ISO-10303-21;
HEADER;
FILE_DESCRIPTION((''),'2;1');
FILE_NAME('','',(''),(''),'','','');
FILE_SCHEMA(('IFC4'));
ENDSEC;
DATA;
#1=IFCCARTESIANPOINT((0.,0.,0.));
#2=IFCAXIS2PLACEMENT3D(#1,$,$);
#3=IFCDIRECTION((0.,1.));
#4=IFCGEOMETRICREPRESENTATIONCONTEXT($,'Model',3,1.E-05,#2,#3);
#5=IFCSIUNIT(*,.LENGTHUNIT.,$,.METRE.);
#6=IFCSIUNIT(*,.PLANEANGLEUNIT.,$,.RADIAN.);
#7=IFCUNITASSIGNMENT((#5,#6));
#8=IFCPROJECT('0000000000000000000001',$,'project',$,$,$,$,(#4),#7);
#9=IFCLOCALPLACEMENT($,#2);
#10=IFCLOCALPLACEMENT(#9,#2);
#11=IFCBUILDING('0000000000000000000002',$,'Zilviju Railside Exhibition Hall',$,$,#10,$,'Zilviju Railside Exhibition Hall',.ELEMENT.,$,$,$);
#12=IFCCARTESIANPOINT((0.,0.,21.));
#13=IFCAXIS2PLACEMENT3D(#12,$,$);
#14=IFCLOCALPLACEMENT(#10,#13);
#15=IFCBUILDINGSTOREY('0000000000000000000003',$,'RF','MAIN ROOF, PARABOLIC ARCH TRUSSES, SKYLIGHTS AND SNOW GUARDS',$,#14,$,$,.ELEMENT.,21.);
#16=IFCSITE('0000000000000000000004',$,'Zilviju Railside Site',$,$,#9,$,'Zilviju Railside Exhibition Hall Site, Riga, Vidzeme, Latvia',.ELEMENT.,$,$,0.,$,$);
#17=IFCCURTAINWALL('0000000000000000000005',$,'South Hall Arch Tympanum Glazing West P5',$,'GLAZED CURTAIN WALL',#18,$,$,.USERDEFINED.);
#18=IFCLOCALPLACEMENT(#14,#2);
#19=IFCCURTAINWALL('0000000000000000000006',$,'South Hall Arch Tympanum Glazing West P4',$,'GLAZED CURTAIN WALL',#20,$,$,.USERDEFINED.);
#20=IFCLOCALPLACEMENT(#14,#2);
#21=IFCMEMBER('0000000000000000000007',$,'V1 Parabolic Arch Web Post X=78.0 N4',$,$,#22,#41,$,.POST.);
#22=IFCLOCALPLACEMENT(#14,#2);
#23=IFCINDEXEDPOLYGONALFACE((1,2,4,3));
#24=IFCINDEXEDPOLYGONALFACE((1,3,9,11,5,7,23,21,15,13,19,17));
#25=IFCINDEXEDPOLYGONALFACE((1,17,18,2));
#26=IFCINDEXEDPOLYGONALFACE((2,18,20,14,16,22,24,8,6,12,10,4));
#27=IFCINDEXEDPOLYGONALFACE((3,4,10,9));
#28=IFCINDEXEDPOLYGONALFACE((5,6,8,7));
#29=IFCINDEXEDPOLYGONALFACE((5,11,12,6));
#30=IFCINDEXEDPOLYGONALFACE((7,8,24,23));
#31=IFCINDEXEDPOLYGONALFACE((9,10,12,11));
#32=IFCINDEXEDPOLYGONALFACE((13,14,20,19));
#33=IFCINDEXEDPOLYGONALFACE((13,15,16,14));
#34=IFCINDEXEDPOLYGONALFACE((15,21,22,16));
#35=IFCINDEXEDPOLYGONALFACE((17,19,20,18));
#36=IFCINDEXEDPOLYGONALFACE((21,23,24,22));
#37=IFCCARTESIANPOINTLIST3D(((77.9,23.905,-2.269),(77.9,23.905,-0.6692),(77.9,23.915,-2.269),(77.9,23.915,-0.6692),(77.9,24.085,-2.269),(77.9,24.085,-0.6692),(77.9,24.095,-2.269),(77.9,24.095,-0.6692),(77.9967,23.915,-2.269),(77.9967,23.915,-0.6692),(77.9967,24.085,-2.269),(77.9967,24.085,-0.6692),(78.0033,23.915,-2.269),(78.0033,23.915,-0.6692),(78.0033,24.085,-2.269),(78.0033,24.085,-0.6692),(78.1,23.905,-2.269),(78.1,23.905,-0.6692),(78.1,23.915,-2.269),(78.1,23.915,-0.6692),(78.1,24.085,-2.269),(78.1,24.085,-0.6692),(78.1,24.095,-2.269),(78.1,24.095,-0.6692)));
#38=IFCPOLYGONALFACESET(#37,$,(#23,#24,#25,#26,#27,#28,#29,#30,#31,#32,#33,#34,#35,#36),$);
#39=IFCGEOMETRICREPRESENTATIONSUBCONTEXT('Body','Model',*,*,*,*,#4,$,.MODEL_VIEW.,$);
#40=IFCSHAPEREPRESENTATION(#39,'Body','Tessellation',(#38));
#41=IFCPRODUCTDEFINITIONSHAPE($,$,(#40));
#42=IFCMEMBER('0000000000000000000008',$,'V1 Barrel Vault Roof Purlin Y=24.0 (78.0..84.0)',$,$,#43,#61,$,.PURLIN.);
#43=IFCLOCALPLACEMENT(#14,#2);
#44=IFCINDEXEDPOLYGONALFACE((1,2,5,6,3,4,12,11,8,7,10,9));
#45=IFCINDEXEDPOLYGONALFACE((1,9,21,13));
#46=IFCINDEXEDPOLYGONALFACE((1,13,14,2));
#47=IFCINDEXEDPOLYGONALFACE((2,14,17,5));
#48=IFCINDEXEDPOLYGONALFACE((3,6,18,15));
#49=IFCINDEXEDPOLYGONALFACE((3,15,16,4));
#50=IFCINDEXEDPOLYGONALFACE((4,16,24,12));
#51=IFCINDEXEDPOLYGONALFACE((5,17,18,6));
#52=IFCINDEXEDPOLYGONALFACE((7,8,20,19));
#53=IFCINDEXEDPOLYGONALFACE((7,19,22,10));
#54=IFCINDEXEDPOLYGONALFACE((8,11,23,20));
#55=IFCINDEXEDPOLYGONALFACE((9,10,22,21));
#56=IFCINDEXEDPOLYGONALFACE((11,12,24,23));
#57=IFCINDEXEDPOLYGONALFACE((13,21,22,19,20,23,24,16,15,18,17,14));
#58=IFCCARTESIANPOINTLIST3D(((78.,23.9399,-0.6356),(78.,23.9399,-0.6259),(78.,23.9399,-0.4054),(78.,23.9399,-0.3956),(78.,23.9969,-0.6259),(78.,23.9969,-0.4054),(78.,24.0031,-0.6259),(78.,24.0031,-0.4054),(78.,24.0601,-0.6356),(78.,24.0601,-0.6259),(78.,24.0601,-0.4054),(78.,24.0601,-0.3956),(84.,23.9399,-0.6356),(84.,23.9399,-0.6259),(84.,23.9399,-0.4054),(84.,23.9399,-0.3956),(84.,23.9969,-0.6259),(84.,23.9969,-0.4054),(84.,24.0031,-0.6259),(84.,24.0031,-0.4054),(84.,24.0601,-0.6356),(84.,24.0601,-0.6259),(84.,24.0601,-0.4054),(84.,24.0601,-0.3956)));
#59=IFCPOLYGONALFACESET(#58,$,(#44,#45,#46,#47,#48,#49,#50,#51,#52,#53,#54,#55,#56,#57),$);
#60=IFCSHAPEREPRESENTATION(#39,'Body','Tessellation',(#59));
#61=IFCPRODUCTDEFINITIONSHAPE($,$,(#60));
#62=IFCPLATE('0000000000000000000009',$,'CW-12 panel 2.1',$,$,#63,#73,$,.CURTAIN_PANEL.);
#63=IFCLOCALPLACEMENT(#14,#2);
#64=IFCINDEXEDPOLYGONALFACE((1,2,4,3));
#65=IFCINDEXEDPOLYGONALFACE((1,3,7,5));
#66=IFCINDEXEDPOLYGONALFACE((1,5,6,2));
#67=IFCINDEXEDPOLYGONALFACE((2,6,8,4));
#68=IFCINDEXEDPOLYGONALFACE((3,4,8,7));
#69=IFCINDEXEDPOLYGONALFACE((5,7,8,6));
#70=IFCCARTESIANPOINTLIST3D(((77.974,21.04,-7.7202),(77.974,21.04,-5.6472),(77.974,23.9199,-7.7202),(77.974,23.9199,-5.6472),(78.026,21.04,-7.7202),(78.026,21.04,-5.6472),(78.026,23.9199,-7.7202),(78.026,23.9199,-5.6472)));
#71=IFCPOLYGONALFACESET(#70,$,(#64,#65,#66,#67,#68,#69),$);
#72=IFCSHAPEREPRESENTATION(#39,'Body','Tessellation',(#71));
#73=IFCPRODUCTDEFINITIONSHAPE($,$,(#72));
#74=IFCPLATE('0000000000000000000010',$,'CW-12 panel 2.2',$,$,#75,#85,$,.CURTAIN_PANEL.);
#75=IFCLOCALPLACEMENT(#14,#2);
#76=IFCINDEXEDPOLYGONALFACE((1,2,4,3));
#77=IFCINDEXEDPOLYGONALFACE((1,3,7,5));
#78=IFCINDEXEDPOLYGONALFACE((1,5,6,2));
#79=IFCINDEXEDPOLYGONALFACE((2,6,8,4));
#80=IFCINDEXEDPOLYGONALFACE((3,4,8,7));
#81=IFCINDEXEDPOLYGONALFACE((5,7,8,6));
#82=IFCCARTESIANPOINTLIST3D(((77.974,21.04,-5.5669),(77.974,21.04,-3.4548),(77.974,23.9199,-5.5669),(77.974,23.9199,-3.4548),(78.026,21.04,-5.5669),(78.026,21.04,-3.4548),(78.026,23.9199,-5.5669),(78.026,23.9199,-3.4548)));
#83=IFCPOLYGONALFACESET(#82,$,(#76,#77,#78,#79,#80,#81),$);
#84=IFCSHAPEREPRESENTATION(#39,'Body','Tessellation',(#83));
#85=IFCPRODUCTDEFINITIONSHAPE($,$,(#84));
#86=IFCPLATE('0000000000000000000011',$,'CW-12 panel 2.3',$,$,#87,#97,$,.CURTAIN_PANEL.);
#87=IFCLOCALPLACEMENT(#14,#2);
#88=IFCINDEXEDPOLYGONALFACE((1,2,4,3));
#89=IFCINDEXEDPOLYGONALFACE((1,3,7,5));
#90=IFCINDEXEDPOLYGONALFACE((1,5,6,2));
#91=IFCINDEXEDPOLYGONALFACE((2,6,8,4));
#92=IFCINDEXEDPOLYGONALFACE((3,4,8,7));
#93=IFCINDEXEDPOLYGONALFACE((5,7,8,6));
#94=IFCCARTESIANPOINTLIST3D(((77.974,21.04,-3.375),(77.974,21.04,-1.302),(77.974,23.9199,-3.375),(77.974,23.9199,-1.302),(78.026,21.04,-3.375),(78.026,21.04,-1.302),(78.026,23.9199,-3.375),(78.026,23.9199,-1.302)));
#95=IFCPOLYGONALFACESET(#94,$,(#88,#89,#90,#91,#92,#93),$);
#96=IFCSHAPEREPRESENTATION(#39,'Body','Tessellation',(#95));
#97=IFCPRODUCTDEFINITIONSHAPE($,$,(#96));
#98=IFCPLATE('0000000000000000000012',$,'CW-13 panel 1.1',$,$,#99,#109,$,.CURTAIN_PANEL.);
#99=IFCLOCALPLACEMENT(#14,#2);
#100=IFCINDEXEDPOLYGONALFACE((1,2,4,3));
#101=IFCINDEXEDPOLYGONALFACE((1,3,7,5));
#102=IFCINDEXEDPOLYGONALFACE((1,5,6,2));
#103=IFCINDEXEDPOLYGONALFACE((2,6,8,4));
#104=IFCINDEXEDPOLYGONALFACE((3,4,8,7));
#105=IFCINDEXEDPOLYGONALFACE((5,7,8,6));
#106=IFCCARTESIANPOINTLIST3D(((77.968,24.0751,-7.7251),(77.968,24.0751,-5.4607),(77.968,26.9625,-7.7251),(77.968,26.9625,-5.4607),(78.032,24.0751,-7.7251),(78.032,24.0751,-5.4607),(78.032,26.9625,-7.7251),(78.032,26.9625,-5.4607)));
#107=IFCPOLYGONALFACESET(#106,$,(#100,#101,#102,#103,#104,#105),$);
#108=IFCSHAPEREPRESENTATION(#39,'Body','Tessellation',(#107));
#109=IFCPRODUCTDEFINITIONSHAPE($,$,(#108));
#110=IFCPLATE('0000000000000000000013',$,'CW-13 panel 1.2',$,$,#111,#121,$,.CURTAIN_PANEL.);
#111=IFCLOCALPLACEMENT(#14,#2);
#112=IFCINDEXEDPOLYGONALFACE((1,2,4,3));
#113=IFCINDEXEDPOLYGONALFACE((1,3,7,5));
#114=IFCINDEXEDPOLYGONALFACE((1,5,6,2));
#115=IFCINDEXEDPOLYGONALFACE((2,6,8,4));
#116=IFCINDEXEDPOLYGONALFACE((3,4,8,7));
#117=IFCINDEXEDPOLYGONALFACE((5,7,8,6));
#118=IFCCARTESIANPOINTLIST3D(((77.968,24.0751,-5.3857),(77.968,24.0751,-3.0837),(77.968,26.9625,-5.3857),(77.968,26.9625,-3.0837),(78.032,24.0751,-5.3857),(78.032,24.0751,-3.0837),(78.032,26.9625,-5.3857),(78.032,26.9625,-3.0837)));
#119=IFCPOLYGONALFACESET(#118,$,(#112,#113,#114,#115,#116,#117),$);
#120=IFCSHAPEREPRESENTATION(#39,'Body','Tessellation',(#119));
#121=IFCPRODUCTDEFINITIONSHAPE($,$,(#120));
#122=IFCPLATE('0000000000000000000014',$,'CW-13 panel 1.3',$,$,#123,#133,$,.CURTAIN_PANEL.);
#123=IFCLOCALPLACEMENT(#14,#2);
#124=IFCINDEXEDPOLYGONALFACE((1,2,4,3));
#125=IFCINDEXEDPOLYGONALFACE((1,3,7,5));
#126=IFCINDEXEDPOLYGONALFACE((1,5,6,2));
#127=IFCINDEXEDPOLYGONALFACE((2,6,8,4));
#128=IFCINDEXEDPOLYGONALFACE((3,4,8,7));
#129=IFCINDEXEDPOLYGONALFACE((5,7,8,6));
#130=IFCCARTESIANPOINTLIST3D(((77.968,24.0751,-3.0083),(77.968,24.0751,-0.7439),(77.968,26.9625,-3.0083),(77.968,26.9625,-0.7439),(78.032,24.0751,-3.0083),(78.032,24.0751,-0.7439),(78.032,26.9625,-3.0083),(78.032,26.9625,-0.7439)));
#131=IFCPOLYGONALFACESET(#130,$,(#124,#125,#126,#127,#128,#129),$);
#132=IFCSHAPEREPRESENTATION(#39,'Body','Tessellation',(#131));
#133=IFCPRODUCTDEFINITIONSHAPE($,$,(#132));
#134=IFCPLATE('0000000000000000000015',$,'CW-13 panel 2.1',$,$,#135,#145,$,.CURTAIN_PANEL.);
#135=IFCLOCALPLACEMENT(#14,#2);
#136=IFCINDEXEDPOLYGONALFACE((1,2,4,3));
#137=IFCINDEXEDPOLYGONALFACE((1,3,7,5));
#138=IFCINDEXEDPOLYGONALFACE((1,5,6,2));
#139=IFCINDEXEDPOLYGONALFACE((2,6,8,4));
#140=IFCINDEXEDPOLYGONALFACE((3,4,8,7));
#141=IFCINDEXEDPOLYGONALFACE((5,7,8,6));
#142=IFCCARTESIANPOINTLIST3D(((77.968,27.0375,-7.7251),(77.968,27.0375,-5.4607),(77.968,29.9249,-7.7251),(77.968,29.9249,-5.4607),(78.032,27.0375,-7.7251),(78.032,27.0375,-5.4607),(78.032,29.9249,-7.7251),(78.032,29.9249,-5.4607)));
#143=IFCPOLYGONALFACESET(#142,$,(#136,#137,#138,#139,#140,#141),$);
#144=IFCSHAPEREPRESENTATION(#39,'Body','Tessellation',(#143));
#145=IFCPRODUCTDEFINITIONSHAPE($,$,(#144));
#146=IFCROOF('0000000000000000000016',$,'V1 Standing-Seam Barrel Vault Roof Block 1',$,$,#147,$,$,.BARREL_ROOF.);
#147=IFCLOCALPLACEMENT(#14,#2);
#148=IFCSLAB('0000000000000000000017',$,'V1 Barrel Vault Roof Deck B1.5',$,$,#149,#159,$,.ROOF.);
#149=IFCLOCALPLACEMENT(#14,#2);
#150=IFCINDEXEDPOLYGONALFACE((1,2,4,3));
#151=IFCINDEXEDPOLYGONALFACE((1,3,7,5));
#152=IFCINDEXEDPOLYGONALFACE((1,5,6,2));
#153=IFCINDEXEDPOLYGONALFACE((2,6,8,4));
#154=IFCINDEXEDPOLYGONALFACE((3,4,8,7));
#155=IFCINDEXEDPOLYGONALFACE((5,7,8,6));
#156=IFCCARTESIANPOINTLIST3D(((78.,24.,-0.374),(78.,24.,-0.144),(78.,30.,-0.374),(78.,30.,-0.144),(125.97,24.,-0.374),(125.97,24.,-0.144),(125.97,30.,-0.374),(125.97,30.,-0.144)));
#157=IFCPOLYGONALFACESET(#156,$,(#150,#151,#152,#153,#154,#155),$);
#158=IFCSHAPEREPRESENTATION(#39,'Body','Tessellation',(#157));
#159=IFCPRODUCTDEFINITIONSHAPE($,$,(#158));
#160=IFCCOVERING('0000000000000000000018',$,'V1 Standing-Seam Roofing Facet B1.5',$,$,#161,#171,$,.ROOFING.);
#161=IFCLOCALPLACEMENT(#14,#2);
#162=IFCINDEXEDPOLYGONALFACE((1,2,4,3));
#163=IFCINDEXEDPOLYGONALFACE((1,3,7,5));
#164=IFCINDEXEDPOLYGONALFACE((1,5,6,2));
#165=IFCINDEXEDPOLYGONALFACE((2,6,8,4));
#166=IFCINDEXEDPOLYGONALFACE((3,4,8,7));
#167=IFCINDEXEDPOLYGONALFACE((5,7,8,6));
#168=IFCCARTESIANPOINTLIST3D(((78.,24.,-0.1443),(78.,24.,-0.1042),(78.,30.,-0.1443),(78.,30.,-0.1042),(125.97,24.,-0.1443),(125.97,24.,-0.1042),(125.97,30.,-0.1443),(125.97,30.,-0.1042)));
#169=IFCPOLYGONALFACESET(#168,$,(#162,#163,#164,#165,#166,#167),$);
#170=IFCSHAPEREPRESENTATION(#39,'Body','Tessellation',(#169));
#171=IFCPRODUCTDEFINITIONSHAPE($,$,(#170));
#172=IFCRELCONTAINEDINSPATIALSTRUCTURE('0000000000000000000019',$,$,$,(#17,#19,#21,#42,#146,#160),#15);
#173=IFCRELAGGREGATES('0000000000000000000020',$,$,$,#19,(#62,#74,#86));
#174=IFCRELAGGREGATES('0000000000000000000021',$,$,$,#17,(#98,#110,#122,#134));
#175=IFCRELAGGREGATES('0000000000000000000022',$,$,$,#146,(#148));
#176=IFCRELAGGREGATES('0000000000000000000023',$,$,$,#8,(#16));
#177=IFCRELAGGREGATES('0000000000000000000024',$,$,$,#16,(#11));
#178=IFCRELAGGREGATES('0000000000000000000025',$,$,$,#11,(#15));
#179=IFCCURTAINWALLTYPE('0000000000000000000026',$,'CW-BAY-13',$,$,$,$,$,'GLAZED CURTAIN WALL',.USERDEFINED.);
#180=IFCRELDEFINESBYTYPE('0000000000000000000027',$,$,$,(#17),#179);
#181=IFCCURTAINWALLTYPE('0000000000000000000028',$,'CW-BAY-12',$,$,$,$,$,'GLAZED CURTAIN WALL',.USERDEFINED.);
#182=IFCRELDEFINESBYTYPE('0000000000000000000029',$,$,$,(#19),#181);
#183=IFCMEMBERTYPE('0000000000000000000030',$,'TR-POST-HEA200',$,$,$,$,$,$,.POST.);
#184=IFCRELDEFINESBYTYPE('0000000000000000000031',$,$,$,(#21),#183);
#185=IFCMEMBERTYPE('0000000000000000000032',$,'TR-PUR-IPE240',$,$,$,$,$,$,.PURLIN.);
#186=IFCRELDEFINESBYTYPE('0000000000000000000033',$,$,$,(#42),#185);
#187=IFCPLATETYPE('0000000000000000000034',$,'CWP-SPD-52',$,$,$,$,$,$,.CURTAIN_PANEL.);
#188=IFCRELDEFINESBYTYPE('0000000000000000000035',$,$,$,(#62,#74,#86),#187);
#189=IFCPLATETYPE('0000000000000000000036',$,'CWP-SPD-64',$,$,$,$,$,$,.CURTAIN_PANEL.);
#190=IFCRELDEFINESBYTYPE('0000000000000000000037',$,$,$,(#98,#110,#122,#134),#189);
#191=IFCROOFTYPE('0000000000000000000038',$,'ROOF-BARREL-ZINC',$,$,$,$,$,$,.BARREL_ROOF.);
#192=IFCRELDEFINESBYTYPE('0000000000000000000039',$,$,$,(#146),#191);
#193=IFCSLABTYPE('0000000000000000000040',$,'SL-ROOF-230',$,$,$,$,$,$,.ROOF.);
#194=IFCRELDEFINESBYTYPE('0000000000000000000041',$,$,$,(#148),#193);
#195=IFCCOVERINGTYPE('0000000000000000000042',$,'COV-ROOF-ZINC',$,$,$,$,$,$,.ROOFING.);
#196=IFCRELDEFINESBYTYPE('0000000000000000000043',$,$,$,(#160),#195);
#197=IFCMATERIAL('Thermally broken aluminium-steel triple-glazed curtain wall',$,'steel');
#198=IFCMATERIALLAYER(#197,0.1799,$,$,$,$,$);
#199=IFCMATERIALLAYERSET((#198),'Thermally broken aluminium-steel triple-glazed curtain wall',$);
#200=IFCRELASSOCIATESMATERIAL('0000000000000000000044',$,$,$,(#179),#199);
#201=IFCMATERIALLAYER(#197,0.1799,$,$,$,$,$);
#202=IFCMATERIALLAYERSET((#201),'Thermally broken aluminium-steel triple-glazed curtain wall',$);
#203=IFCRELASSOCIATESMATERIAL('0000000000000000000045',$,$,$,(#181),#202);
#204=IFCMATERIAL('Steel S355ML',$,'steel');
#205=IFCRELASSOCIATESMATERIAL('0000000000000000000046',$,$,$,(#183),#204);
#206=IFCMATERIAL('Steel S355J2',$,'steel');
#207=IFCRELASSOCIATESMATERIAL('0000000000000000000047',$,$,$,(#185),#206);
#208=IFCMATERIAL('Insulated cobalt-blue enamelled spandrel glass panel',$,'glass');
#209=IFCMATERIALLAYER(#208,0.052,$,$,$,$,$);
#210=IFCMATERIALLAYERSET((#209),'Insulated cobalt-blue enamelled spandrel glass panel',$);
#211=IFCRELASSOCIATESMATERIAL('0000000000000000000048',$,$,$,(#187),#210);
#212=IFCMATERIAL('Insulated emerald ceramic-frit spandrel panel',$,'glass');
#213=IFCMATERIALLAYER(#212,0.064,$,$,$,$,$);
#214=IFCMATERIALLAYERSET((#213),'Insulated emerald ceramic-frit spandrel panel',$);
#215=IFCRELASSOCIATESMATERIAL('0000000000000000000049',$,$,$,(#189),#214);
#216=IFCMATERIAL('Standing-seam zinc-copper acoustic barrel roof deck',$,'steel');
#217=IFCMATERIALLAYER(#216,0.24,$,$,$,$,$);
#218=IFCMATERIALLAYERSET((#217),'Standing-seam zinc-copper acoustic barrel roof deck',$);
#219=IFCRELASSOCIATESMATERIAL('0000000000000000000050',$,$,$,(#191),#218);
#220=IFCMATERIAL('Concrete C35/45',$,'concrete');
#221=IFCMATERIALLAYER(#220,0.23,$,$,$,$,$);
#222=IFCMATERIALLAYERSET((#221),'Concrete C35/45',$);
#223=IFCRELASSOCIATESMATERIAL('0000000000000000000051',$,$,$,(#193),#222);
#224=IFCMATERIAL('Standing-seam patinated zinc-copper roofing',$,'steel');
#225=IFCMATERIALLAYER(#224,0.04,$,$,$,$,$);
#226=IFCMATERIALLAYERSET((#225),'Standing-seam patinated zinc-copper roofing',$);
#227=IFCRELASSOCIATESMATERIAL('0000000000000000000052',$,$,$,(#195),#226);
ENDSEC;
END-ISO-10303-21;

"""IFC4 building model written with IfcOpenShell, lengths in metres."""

from ifc_helpers import new_model, si_unit, direction, frame, origin, origin_2d, place, context, subcontext, project, spatial, polyline, rectangle, i_section, outline, extrude, material, layer, layer_set, material_profile, profile_set, type_object, element, aggregate, save


model = new_model("IFC4")

# Units and contexts
model_context = context("Model", 3, precision=1e-05, world=origin(), true_north=direction((0.0, 1.0)))
body_context = subcontext(model_context, "Body", "Model", "MODEL_VIEW")
ifc_project = project(units=[si_unit("LENGTHUNIT", "METRE"), si_unit("PLANEANGLEUNIT", "RADIAN")], contexts=[model_context])

# Site, building, storey
site_placement = place(None, origin())
site = spatial("IfcSite", under=ifc_project, at=site_placement, Name="Zilviju Railside Site", LongName="Zilviju Railside Exhibition Hall Site, Riga, Vidzeme, Latvia", CompositionType="ELEMENT", RefElevation=0.0)
building_placement = place(site_placement, origin())
building = spatial("IfcBuilding", under=site, at=building_placement, Name="Zilviju Railside Exhibition Hall", LongName="Zilviju Railside Exhibition Hall", CompositionType="ELEMENT")
storey_placement = place(building_placement, frame((0.0, 0.0, 21.0)))
storey = spatial("IfcBuildingStorey", under=building, at=storey_placement, Name="RF", Description="MAIN ROOF, PARABOLIC ARCH TRUSSES, SKYLIGHTS AND SNOW GUARDS", CompositionType="ELEMENT", Elevation=21.0)

# Curtain wall
ifc_material_1 = material(Name="Thermally broken aluminium-steel triple-glazed curtain wall", Category="steel")
ifc_layer_1 = layer(ifc_material_1, 0.1799)
ifc_layer_set_1 = layer_set([ifc_layer_1], Name="Thermally broken aluminium-steel triple-glazed curtain wall")
curtain_wall_type_1 = type_object("IfcCurtainWallType", Name="CW-BAY-13", ElementType="GLAZED CURTAIN WALL", PredefinedType="USERDEFINED", material=ifc_layer_set_1)
curtain_wall_1_placement = place(storey_placement, origin())
curtain_wall_1 = element("IfcCurtainWall", 1, at=curtain_wall_1_placement, inside=storey, type_object=curtain_wall_type_1, Name="South Hall Arch Tympanum Glazing West P5", ObjectType="GLAZED CURTAIN WALL", PredefinedType="USERDEFINED")

# Curtain wall
ifc_layer_2 = layer(ifc_material_1, 0.1799)
ifc_layer_set_2 = layer_set([ifc_layer_2], Name="Thermally broken aluminium-steel triple-glazed curtain wall")
curtain_wall_type_2 = type_object("IfcCurtainWallType", Name="CW-BAY-12", ElementType="GLAZED CURTAIN WALL", PredefinedType="USERDEFINED", material=ifc_layer_set_2)
curtain_wall_2_placement = place(storey_placement, origin())
curtain_wall_2 = element("IfcCurtainWall", 2, at=curtain_wall_2_placement, inside=storey, type_object=curtain_wall_type_2, Name="South Hall Arch Tympanum Glazing West P4", ObjectType="GLAZED CURTAIN WALL", PredefinedType="USERDEFINED")

# Members
ifc_material_2 = material(Name="Steel S355J2", Category="steel")
ifc_material_3 = material(Name="Steel S355ML", Category="steel")
ifc_material_profile_1 = material_profile(ifc_material_3, i_section(OverallWidth=0.2, OverallDepth=0.1899, WebThickness=0.0066, FlangeThickness=0.01, at=origin_2d()), Name="HEA 200")
ifc_profile_set_1 = profile_set([ifc_material_profile_1], Name="Steel S355ML")
member_type_1 = type_object("IfcMemberType", Name="TR-POST-HEA200", PredefinedType="POST", material=ifc_profile_set_1)
member_1_placement = place(storey_placement, frame((78.0, 24.0, -2.269), z_axis=(0.0, 0.0, 1.0), x_axis=(1.0, 0.0, 0.0)))
element("IfcMember", 3, at=member_1_placement, inside=storey, type_object=member_type_1, Name="V1 Parabolic Arch Web Post X=78.0 N4", PredefinedType="POST", context=body_context, shape_type="SweptSolid", body=[
    extrude(i_section(OverallWidth=0.2, OverallDepth=0.1899, WebThickness=0.0066, FlangeThickness=0.01, at=origin_2d()), origin(), (0.0, 0.0, 1.0), 1.5999),
])
ifc_material_profile_2 = material_profile(ifc_material_2, i_section(OverallWidth=0.1201, OverallDepth=0.24, WebThickness=0.0061, FlangeThickness=0.0098, at=origin_2d()), Name="IPE 240")
ifc_profile_set_2 = profile_set([ifc_material_profile_2], Name="Steel S355J2")
member_type_2 = type_object("IfcMemberType", Name="TR-PUR-IPE240", PredefinedType="PURLIN", material=ifc_profile_set_2)
member_2_placement = place(storey_placement, frame((78.0, 24.0, -0.5156), z_axis=(1.0, 0.0, 0.0), x_axis=(0.0, 1.0, 0.0)))
element("IfcMember", 4, at=member_2_placement, inside=storey, type_object=member_type_2, Name="V1 Barrel Vault Roof Purlin Y=24.0 (78.0..84.0)", PredefinedType="PURLIN", context=body_context, shape_type="SweptSolid", body=[
    extrude(i_section(OverallWidth=0.1201, OverallDepth=0.24, WebThickness=0.0061, FlangeThickness=0.0098, at=origin_2d()), origin(), (0.0, 0.0, 1.0), 6.0),
])

# Plates
ifc_material_4 = material(Name="Insulated cobalt-blue enamelled spandrel glass panel", Category="glass")
ifc_layer_3 = layer(ifc_material_4, 0.052)
ifc_layer_set_3 = layer_set([ifc_layer_3], Name="Insulated cobalt-blue enamelled spandrel glass panel")
plate_type_1 = type_object("IfcPlateType", Name="CWP-SPD-52", PredefinedType="CURTAIN_PANEL", material=ifc_layer_set_3)
plate_1_placement = place(storey_placement, frame((78.0, 22.48, -7.7202), z_axis=(0.0, 0.0, 1.0), x_axis=(0.0, 1.0, 0.0)))
plate_1 = element("IfcPlate", 5, at=plate_1_placement, type_object=plate_type_1, Name="CW-12 panel 2.1", PredefinedType="CURTAIN_PANEL", context=body_context, shape_type="SweptSolid", body=[
    extrude(rectangle(XDim=2.8799, YDim=0.052, at=origin_2d()), origin(), (0.0, 0.0, 1.0), 2.073),
])
plate_2_placement = place(storey_placement, frame((78.0, 22.48, -5.5669), z_axis=(0.0, 0.0, 1.0), x_axis=(0.0, 1.0, 0.0)))
plate_2 = element("IfcPlate", 6, at=plate_2_placement, type_object=plate_type_1, Name="CW-12 panel 2.2", PredefinedType="CURTAIN_PANEL", context=body_context, shape_type="SweptSolid", body=[
    extrude(rectangle(XDim=2.8799, YDim=0.052, at=origin_2d()), origin(), (0.0, 0.0, 1.0), 2.1121),
])
plate_3_placement = place(storey_placement, frame((78.0, 22.48, -3.375), z_axis=(0.0, 0.0, 1.0), x_axis=(0.0, 1.0, 0.0)))
plate_3 = element("IfcPlate", 7, at=plate_3_placement, type_object=plate_type_1, Name="CW-12 panel 2.3", PredefinedType="CURTAIN_PANEL", context=body_context, shape_type="SweptSolid", body=[
    extrude(rectangle(XDim=2.8799, YDim=0.052, at=origin_2d()), origin(), (0.0, 0.0, 1.0), 2.073),
])
aggregate(curtain_wall_2, [plate_1, plate_2, plate_3])
ifc_material_5 = material(Name="Insulated emerald ceramic-frit spandrel panel", Category="glass")
ifc_layer_4 = layer(ifc_material_5, 0.064)
ifc_layer_set_4 = layer_set([ifc_layer_4], Name="Insulated emerald ceramic-frit spandrel panel")
plate_type_2 = type_object("IfcPlateType", Name="CWP-SPD-64", PredefinedType="CURTAIN_PANEL", material=ifc_layer_set_4)
plate_4_placement = place(storey_placement, frame((78.0, 25.5188, -7.7251), z_axis=(0.0, 0.0, 1.0), x_axis=(0.0, 1.0, 0.0)))
plate_4 = element("IfcPlate", 8, at=plate_4_placement, type_object=plate_type_2, Name="CW-13 panel 1.1", PredefinedType="CURTAIN_PANEL", context=body_context, shape_type="SweptSolid", body=[
    extrude(rectangle(XDim=2.8875, YDim=0.064, at=origin_2d()), origin(), (0.0, 0.0, 1.0), 2.2644),
])
plate_5_placement = place(storey_placement, frame((78.0, 25.5188, -5.3857), z_axis=(0.0, 0.0, 1.0), x_axis=(0.0, 1.0, 0.0)))
plate_5 = element("IfcPlate", 9, at=plate_5_placement, type_object=plate_type_2, Name="CW-13 panel 1.2", PredefinedType="CURTAIN_PANEL", context=body_context, shape_type="SweptSolid", body=[
    extrude(rectangle(XDim=2.8875, YDim=0.064, at=origin_2d()), origin(), (0.0, 0.0, 1.0), 2.302),
])
plate_6_placement = place(storey_placement, frame((78.0, 25.5188, -3.0083), z_axis=(0.0, 0.0, 1.0), x_axis=(0.0, 1.0, 0.0)))
plate_6 = element("IfcPlate", 10, at=plate_6_placement, type_object=plate_type_2, Name="CW-13 panel 1.3", PredefinedType="CURTAIN_PANEL", context=body_context, shape_type="SweptSolid", body=[
    extrude(rectangle(XDim=2.8875, YDim=0.064, at=origin_2d()), origin(), (0.0, 0.0, 1.0), 2.2644),
])
plate_7_placement = place(storey_placement, frame((78.0, 28.4812, -7.7251), z_axis=(0.0, 0.0, 1.0), x_axis=(0.0, 1.0, 0.0)))
plate_7 = element("IfcPlate", 11, at=plate_7_placement, type_object=plate_type_2, Name="CW-13 panel 2.1", PredefinedType="CURTAIN_PANEL", context=body_context, shape_type="SweptSolid", body=[
    extrude(rectangle(XDim=2.8875, YDim=0.064, at=origin_2d()), origin(), (0.0, 0.0, 1.0), 2.2644),
])
aggregate(curtain_wall_1, [plate_4, plate_5, plate_6, plate_7])

# Roof, slab
ifc_material_6 = material(Name="Standing-seam zinc-copper acoustic barrel roof deck", Category="steel")
ifc_layer_5 = layer(ifc_material_6, 0.24)
ifc_layer_set_5 = layer_set([ifc_layer_5], Name="Standing-seam zinc-copper acoustic barrel roof deck")
roof_type = type_object("IfcRoofType", Name="ROOF-BARREL-ZINC", PredefinedType="BARREL_ROOF", material=ifc_layer_set_5)
roof_placement = place(storey_placement, origin())
roof = element("IfcRoof", 12, at=roof_placement, inside=storey, type_object=roof_type, Name="V1 Standing-Seam Barrel Vault Roof Block 1", PredefinedType="BARREL_ROOF")
ifc_material_7 = material(Name="Concrete C35/45", Category="concrete")
ifc_layer_6 = layer(ifc_material_7, 0.23)
ifc_layer_set_6 = layer_set([ifc_layer_6], Name="Concrete C35/45")
slab_type = type_object("IfcSlabType", Name="SL-ROOF-230", PredefinedType="ROOF", material=ifc_layer_set_6)
slab_placement = place(storey_placement, frame((78.0, 24.0, -0.144), z_axis=(0.0, 0.0, 1.0), x_axis=(1.0, 0.0, 0.0)))
slab = element("IfcSlab", 13, at=slab_placement, type_object=slab_type, Name="V1 Barrel Vault Roof Deck B1.5", PredefinedType="ROOF", context=body_context, shape_type="SweptSolid", body=[
    extrude(outline(polyline([(0.0, 0.0), (47.97, 0.0), (47.97, 6.0), (0.0, 6.0), (0.0, 0.0)])), origin(), (0.0, 0.0, -1.0), 0.23),
])
aggregate(roof, [slab])

# Covering
ifc_material_8 = material(Name="Standing-seam patinated zinc-copper roofing", Category="steel")
ifc_layer_7 = layer(ifc_material_8, 0.04)
ifc_layer_set_7 = layer_set([ifc_layer_7], Name="Standing-seam patinated zinc-copper roofing")
covering_type = type_object("IfcCoveringType", Name="COV-ROOF-ZINC", PredefinedType="ROOFING", material=ifc_layer_set_7)
covering_placement = place(storey_placement, frame((78.0, 24.0, -0.1042), z_axis=(0.0, 0.0, 1.0), x_axis=(1.0, 0.0, 0.0)))
element("IfcCovering", 14, at=covering_placement, inside=storey, type_object=covering_type, Name="V1 Standing-Seam Roofing Facet B1.5", PredefinedType="ROOFING", context=body_context, shape_type="SweptSolid", body=[
    extrude(outline(polyline([(0.0, 0.0), (47.97, 0.0), (47.97, 6.0), (0.0, 6.0), (0.0, 0.0)])), origin(), (0.0, 0.0, -1.0), 0.04),
])

save(model, "model.ifc")
